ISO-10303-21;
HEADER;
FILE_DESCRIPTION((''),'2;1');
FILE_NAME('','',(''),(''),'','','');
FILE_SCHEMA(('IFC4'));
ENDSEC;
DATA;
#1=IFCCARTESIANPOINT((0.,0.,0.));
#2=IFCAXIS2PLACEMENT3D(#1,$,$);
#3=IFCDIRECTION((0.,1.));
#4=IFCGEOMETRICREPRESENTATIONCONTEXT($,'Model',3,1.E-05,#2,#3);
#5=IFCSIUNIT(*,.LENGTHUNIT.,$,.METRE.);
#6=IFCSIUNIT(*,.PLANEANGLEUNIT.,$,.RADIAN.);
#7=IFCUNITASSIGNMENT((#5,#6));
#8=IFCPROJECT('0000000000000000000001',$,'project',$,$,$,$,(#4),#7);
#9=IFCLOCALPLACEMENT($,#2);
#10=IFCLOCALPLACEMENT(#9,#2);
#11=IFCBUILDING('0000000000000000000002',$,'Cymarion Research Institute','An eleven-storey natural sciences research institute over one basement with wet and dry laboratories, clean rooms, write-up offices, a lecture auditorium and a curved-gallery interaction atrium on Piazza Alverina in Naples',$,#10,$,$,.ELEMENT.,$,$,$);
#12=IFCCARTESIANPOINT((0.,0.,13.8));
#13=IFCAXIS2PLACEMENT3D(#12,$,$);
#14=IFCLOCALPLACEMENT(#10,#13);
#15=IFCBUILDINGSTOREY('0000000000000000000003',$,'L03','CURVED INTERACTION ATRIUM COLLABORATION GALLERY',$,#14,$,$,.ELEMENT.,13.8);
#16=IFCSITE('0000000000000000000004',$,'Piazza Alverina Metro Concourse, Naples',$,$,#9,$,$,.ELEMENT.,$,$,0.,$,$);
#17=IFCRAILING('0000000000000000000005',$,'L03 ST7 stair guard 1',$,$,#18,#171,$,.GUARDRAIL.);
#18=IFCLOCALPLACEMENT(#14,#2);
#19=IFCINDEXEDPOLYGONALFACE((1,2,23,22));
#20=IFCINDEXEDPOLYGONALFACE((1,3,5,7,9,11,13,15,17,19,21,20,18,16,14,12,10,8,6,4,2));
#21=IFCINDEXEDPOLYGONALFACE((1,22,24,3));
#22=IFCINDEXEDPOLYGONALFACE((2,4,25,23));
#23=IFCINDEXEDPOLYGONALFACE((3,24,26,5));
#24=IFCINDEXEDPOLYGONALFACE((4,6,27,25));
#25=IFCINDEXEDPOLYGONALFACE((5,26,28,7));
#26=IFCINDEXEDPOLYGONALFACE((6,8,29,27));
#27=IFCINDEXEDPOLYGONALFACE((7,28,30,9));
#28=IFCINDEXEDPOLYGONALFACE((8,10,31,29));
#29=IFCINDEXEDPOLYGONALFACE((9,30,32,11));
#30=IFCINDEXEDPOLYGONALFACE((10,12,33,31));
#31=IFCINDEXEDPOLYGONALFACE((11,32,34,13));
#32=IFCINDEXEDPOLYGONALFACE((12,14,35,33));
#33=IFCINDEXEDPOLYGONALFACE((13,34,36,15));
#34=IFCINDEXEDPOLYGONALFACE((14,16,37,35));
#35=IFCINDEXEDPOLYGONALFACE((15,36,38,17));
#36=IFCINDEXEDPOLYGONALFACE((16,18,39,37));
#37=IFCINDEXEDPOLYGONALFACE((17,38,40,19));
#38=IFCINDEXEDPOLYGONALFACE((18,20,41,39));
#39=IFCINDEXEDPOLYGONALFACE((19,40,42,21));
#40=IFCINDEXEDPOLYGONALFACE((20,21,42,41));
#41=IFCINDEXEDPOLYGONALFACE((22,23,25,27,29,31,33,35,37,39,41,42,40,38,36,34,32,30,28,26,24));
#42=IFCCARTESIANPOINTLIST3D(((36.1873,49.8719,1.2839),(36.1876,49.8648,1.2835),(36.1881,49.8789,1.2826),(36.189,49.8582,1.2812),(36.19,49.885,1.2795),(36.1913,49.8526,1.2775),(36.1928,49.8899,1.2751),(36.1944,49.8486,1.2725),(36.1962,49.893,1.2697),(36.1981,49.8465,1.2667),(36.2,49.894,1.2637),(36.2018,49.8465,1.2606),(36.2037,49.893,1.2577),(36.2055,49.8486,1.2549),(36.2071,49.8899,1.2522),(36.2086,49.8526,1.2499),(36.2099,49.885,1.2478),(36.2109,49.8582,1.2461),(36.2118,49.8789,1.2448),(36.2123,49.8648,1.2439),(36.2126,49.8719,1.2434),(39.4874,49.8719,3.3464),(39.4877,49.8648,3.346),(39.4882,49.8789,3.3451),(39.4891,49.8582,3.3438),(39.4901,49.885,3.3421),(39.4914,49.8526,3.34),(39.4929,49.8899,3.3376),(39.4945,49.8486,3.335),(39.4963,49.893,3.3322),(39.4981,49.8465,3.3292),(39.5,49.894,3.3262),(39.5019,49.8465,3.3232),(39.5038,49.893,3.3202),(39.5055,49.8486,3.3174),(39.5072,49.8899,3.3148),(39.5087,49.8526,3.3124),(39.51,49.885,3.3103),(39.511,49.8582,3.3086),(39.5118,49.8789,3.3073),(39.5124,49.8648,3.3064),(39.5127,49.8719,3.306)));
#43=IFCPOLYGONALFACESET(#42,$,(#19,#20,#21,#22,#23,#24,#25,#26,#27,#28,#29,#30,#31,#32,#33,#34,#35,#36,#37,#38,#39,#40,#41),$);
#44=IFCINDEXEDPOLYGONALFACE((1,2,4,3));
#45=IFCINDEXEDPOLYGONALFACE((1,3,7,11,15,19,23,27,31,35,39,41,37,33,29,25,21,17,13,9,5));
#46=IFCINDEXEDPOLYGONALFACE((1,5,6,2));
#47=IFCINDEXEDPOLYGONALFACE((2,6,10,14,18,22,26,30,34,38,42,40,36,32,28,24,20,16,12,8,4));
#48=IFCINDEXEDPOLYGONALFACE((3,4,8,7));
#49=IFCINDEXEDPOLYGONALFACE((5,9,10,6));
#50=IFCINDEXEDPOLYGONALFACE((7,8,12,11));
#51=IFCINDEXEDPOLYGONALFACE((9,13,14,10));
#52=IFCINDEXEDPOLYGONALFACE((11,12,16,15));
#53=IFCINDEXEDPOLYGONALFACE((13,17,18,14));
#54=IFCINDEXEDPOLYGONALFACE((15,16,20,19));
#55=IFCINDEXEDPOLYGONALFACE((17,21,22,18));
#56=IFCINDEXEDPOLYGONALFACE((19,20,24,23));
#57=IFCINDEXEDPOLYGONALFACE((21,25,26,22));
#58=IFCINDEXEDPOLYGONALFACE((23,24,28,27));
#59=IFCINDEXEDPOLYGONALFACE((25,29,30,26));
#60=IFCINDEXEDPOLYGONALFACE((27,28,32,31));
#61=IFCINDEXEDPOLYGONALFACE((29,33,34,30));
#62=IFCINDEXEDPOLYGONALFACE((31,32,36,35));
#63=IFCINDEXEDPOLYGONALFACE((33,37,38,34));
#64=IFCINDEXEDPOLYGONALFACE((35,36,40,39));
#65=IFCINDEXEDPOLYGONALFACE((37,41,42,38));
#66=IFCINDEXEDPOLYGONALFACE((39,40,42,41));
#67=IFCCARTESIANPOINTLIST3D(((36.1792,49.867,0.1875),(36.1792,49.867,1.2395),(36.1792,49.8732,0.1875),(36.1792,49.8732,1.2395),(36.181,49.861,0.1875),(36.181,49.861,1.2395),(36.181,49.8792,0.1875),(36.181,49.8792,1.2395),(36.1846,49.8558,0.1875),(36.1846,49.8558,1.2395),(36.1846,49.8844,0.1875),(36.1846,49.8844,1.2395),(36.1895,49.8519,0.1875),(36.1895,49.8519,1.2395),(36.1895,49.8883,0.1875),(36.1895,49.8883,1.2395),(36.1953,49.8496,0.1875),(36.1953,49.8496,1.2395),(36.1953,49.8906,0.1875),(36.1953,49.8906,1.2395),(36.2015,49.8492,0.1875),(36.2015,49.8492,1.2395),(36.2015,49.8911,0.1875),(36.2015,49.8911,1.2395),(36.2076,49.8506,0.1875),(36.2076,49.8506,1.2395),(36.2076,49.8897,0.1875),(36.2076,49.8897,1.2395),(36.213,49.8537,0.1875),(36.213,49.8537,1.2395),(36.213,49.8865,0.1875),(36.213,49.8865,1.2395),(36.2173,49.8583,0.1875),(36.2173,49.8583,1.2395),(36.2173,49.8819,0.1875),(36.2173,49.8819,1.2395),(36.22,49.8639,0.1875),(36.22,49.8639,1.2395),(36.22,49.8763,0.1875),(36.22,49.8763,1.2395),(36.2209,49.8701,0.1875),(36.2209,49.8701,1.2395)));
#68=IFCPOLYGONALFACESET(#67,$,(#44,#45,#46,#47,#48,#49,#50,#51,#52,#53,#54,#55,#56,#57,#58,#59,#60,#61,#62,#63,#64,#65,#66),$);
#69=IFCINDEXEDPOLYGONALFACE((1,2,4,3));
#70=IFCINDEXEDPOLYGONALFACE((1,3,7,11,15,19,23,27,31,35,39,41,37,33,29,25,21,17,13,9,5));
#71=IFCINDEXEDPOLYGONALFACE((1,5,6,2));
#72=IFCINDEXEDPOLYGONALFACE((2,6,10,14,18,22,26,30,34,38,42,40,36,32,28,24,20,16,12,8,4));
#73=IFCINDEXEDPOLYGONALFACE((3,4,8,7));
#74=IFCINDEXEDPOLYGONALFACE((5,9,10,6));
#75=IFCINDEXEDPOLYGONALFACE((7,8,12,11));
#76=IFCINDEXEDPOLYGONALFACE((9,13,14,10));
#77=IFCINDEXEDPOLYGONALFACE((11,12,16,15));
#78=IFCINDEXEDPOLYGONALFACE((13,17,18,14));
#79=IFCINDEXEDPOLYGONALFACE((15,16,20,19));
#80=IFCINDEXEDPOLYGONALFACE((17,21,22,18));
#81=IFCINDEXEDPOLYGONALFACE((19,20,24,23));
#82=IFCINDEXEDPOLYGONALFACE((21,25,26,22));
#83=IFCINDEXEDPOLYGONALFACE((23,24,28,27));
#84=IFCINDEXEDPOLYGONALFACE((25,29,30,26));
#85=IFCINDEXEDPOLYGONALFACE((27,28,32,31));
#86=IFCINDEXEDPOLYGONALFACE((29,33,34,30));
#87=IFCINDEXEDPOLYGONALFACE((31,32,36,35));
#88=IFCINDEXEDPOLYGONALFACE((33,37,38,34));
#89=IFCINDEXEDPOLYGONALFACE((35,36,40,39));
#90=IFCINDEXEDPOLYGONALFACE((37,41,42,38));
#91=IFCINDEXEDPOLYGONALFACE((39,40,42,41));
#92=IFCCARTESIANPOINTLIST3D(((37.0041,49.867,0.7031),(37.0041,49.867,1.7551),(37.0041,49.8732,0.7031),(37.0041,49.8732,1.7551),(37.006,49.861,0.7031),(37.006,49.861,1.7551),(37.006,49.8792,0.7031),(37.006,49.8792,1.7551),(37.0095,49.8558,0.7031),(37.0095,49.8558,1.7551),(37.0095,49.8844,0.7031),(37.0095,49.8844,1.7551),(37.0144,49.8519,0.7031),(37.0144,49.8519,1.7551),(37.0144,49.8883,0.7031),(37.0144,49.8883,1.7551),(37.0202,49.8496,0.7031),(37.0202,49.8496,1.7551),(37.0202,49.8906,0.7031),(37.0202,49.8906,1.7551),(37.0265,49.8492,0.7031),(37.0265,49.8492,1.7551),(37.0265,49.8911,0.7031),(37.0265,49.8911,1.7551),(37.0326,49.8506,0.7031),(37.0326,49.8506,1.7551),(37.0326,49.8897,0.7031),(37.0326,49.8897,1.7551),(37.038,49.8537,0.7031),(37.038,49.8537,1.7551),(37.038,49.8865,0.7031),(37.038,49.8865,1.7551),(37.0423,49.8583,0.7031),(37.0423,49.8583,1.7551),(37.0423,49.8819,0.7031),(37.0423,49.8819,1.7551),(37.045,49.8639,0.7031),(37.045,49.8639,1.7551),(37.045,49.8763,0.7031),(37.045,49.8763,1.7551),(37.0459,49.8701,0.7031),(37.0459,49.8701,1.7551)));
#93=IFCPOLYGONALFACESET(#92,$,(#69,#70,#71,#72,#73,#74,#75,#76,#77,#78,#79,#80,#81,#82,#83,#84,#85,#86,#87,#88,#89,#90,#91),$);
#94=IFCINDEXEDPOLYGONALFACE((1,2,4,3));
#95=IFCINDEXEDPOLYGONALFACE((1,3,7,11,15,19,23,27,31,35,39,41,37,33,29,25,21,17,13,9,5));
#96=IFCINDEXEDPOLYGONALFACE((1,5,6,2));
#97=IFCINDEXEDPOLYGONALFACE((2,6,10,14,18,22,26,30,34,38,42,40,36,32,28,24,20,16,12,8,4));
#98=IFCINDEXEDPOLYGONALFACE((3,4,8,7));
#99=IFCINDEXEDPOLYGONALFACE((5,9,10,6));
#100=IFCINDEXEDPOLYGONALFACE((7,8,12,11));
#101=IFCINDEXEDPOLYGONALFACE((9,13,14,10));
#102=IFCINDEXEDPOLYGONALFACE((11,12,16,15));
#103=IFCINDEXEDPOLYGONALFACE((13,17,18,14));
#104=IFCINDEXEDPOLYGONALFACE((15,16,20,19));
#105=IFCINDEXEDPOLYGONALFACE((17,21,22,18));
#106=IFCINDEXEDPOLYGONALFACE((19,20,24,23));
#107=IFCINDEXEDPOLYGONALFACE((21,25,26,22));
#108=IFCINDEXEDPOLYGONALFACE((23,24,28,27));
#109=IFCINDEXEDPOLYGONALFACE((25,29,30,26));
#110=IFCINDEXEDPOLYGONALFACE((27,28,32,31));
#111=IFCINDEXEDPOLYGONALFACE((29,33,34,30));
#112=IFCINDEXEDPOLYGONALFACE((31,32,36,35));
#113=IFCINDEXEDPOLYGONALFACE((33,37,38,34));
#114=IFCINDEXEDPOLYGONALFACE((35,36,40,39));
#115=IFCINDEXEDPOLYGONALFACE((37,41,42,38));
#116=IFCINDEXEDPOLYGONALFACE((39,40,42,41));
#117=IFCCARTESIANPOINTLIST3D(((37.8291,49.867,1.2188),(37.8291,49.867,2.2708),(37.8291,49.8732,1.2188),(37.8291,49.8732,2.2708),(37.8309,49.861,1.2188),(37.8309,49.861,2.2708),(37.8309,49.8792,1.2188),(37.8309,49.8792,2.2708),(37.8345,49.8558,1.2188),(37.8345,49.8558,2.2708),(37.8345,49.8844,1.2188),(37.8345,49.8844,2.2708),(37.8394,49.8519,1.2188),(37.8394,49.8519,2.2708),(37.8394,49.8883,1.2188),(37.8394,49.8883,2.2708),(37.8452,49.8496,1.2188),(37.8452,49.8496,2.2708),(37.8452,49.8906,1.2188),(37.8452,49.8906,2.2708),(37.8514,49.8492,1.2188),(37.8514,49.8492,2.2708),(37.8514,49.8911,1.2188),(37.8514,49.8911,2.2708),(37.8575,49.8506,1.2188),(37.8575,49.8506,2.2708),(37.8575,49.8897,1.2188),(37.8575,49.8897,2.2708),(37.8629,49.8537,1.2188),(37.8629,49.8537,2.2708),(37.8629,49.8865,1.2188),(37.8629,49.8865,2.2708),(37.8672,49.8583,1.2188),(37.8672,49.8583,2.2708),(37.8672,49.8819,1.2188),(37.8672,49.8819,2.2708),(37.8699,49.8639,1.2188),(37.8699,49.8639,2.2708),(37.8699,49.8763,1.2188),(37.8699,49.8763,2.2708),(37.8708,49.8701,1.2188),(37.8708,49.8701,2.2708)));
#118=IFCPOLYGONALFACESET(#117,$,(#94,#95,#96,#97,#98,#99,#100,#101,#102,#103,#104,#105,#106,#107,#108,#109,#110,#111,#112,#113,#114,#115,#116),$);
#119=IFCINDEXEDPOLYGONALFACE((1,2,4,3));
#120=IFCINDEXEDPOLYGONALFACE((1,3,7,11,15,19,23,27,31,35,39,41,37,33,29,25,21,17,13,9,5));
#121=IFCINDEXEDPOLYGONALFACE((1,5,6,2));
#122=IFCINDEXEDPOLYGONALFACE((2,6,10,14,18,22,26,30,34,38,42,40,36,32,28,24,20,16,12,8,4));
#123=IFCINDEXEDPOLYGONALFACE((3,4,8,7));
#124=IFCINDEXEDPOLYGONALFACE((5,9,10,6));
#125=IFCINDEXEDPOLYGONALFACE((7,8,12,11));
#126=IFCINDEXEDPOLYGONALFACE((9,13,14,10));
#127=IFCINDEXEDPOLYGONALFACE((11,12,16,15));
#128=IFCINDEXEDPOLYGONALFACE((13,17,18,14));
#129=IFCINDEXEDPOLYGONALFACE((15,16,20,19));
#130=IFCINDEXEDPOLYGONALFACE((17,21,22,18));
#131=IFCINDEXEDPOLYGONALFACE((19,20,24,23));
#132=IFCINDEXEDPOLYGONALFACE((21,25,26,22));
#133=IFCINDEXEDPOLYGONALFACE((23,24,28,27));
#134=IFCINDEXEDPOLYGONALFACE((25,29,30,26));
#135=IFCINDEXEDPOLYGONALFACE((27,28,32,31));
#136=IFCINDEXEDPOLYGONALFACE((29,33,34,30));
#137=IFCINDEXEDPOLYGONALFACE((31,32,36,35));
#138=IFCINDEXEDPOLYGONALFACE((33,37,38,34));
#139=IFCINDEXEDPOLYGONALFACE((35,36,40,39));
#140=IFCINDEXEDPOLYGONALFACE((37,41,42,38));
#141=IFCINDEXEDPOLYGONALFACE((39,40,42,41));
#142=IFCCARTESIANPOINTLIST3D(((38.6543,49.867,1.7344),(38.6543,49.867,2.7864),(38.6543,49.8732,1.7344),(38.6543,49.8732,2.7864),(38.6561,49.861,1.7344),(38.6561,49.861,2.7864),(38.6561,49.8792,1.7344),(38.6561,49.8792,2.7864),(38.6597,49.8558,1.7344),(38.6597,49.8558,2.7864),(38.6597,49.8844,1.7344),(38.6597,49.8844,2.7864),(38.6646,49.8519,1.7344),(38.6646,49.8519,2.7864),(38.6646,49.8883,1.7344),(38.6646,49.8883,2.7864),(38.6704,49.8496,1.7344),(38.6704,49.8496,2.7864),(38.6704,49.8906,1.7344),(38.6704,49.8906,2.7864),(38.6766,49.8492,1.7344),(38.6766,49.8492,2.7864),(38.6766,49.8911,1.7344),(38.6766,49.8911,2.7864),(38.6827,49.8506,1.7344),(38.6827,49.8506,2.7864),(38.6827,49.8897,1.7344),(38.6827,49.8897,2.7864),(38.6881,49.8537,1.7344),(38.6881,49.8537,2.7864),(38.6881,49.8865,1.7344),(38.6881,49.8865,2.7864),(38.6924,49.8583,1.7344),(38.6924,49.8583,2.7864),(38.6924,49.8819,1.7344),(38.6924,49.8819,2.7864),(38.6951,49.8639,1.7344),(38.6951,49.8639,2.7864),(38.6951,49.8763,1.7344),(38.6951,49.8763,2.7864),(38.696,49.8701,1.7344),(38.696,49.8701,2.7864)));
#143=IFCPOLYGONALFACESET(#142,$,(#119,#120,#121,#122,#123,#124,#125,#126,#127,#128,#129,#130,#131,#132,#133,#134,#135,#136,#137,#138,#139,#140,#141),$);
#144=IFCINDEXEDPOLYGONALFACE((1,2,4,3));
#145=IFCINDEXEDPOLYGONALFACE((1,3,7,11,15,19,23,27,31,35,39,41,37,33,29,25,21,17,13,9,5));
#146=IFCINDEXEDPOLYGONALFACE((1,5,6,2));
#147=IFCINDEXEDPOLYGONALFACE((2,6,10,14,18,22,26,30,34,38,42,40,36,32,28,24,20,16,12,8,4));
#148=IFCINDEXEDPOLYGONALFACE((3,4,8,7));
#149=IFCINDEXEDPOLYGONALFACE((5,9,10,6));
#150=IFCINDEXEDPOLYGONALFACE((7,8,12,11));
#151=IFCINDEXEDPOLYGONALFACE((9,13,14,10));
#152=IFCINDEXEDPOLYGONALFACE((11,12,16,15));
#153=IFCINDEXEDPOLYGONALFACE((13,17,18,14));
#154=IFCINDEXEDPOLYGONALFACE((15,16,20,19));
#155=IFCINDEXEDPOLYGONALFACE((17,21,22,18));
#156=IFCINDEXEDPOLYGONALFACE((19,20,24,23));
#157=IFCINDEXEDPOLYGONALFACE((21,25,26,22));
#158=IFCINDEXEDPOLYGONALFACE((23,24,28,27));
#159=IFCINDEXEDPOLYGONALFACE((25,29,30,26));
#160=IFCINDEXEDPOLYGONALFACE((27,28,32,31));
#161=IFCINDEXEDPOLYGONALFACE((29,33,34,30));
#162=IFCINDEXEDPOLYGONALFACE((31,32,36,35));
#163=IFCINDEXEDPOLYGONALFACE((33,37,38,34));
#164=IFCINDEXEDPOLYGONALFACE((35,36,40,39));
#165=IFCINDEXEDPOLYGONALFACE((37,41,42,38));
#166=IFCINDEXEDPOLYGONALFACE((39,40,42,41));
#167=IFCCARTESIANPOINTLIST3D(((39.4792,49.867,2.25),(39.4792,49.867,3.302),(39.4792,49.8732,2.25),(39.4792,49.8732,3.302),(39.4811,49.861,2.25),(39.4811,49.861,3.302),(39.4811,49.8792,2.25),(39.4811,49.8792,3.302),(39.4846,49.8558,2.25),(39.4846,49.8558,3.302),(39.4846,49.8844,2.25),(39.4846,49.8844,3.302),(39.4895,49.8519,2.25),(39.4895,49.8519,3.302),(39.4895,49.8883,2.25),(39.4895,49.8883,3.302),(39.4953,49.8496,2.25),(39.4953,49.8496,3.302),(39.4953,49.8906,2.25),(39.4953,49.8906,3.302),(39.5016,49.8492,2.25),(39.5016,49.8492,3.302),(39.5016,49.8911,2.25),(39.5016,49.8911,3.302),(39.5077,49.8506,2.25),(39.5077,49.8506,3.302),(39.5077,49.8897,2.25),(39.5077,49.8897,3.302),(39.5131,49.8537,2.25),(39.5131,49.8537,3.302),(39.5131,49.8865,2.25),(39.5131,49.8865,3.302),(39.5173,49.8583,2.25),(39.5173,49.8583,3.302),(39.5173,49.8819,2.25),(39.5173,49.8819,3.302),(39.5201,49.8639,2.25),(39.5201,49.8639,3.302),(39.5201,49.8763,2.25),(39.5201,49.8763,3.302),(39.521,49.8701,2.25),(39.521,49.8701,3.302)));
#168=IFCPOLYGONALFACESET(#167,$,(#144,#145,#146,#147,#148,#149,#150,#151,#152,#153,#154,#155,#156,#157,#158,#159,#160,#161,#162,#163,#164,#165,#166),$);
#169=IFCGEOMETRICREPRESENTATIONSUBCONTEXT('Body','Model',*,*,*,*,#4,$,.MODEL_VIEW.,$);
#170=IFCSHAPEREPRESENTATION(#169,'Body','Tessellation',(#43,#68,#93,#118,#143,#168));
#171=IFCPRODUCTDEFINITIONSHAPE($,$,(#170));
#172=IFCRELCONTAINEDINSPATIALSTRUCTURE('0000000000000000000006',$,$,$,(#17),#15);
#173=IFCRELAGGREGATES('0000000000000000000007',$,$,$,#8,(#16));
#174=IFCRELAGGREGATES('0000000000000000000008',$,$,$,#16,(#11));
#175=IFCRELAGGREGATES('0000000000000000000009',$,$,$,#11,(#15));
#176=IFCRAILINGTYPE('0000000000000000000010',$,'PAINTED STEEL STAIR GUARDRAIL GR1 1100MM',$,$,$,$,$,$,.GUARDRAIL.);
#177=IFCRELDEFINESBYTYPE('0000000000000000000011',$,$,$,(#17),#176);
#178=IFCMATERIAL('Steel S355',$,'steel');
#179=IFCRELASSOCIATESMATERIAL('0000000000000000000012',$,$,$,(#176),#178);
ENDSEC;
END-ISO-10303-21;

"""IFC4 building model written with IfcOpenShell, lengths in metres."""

from ifc_helpers import new_model, si_unit, direction, frame, origin, origin_2d, place, context, subcontext, project, spatial, circle, extrude, material, type_object, element, save


model = new_model("IFC4")

# Units and contexts
model_context = context("Model", 3, precision=1e-05, world=origin(), true_north=direction((0.0, 1.0)))
body_context = subcontext(model_context, "Body", "Model", "MODEL_VIEW")
ifc_project = project(units=[si_unit("LENGTHUNIT", "METRE"), si_unit("PLANEANGLEUNIT", "RADIAN")], contexts=[model_context])

# Site, building, storey
site_placement = place(None, origin())
site = spatial("IfcSite", under=ifc_project, at=site_placement, Name="Piazza Alverina Metro Concourse, Naples", CompositionType="ELEMENT", RefElevation=0.0)
building_placement = place(site_placement, origin())
building = spatial("IfcBuilding", under=site, at=building_placement, Name="Cymarion Research Institute", Description="An eleven-storey natural sciences research institute over one basement with wet and dry laboratories, clean rooms, write-up offices, a lecture auditorium and a curved-gallery interaction atrium on Piazza Alverina in Naples", CompositionType="ELEMENT")
storey_placement = place(building_placement, frame((0.0, 0.0, 13.8)))
storey = spatial("IfcBuildingStorey", under=building, at=storey_placement, Name="L03", Description="CURVED INTERACTION ATRIUM COLLABORATION GALLERY", CompositionType="ELEMENT", Elevation=13.8)

# Shared definitions
ifc_material_1 = material(Name="Steel S355", Category="steel")

# Railing
railing_type_1 = type_object("IfcRailingType", Name="PAINTED STEEL STAIR GUARDRAIL GR1 1100MM", PredefinedType="GUARDRAIL", material=ifc_material_1)
railing_1_placement = place(storey_placement, frame((36.2, 49.8701, 0.1875)))
element("IfcRailing", 1, at=railing_1_placement, inside=storey, type_object=railing_type_1, Name="L03 ST7 stair guard 1", PredefinedType="GUARDRAIL", context=body_context, shape_type="SweptSolid", body=[
    extrude(circle(Radius=0.0239, at=origin_2d()), frame((0.0, 0.0, 1.0762), z_axis=(0.848002, 0.0, 0.529993), x_axis=(0.0, 1.0, 0.0)), (0.0, 0.0, 1.0), 3.8916),
    extrude(circle(Radius=0.021, at=origin_2d()), origin(), (0.0, 0.0, 1.0), 1.052),
    extrude(circle(Radius=0.021, at=origin_2d()), frame((0.825, 0.0, 0.5156)), (0.0, 0.0, 1.0), 1.052),
    extrude(circle(Radius=0.021, at=origin_2d()), frame((1.6499, 0.0, 1.0312)), (0.0, 0.0, 1.0), 1.052),
    extrude(circle(Radius=0.021, at=origin_2d()), frame((2.4751, 0.0, 1.5469)), (0.0, 0.0, 1.0), 1.052),
    extrude(circle(Radius=0.021, at=origin_2d()), frame((3.3, 0.0, 2.0625)), (0.0, 0.0, 1.0), 1.052),
])

save(model, "model.ifc")
